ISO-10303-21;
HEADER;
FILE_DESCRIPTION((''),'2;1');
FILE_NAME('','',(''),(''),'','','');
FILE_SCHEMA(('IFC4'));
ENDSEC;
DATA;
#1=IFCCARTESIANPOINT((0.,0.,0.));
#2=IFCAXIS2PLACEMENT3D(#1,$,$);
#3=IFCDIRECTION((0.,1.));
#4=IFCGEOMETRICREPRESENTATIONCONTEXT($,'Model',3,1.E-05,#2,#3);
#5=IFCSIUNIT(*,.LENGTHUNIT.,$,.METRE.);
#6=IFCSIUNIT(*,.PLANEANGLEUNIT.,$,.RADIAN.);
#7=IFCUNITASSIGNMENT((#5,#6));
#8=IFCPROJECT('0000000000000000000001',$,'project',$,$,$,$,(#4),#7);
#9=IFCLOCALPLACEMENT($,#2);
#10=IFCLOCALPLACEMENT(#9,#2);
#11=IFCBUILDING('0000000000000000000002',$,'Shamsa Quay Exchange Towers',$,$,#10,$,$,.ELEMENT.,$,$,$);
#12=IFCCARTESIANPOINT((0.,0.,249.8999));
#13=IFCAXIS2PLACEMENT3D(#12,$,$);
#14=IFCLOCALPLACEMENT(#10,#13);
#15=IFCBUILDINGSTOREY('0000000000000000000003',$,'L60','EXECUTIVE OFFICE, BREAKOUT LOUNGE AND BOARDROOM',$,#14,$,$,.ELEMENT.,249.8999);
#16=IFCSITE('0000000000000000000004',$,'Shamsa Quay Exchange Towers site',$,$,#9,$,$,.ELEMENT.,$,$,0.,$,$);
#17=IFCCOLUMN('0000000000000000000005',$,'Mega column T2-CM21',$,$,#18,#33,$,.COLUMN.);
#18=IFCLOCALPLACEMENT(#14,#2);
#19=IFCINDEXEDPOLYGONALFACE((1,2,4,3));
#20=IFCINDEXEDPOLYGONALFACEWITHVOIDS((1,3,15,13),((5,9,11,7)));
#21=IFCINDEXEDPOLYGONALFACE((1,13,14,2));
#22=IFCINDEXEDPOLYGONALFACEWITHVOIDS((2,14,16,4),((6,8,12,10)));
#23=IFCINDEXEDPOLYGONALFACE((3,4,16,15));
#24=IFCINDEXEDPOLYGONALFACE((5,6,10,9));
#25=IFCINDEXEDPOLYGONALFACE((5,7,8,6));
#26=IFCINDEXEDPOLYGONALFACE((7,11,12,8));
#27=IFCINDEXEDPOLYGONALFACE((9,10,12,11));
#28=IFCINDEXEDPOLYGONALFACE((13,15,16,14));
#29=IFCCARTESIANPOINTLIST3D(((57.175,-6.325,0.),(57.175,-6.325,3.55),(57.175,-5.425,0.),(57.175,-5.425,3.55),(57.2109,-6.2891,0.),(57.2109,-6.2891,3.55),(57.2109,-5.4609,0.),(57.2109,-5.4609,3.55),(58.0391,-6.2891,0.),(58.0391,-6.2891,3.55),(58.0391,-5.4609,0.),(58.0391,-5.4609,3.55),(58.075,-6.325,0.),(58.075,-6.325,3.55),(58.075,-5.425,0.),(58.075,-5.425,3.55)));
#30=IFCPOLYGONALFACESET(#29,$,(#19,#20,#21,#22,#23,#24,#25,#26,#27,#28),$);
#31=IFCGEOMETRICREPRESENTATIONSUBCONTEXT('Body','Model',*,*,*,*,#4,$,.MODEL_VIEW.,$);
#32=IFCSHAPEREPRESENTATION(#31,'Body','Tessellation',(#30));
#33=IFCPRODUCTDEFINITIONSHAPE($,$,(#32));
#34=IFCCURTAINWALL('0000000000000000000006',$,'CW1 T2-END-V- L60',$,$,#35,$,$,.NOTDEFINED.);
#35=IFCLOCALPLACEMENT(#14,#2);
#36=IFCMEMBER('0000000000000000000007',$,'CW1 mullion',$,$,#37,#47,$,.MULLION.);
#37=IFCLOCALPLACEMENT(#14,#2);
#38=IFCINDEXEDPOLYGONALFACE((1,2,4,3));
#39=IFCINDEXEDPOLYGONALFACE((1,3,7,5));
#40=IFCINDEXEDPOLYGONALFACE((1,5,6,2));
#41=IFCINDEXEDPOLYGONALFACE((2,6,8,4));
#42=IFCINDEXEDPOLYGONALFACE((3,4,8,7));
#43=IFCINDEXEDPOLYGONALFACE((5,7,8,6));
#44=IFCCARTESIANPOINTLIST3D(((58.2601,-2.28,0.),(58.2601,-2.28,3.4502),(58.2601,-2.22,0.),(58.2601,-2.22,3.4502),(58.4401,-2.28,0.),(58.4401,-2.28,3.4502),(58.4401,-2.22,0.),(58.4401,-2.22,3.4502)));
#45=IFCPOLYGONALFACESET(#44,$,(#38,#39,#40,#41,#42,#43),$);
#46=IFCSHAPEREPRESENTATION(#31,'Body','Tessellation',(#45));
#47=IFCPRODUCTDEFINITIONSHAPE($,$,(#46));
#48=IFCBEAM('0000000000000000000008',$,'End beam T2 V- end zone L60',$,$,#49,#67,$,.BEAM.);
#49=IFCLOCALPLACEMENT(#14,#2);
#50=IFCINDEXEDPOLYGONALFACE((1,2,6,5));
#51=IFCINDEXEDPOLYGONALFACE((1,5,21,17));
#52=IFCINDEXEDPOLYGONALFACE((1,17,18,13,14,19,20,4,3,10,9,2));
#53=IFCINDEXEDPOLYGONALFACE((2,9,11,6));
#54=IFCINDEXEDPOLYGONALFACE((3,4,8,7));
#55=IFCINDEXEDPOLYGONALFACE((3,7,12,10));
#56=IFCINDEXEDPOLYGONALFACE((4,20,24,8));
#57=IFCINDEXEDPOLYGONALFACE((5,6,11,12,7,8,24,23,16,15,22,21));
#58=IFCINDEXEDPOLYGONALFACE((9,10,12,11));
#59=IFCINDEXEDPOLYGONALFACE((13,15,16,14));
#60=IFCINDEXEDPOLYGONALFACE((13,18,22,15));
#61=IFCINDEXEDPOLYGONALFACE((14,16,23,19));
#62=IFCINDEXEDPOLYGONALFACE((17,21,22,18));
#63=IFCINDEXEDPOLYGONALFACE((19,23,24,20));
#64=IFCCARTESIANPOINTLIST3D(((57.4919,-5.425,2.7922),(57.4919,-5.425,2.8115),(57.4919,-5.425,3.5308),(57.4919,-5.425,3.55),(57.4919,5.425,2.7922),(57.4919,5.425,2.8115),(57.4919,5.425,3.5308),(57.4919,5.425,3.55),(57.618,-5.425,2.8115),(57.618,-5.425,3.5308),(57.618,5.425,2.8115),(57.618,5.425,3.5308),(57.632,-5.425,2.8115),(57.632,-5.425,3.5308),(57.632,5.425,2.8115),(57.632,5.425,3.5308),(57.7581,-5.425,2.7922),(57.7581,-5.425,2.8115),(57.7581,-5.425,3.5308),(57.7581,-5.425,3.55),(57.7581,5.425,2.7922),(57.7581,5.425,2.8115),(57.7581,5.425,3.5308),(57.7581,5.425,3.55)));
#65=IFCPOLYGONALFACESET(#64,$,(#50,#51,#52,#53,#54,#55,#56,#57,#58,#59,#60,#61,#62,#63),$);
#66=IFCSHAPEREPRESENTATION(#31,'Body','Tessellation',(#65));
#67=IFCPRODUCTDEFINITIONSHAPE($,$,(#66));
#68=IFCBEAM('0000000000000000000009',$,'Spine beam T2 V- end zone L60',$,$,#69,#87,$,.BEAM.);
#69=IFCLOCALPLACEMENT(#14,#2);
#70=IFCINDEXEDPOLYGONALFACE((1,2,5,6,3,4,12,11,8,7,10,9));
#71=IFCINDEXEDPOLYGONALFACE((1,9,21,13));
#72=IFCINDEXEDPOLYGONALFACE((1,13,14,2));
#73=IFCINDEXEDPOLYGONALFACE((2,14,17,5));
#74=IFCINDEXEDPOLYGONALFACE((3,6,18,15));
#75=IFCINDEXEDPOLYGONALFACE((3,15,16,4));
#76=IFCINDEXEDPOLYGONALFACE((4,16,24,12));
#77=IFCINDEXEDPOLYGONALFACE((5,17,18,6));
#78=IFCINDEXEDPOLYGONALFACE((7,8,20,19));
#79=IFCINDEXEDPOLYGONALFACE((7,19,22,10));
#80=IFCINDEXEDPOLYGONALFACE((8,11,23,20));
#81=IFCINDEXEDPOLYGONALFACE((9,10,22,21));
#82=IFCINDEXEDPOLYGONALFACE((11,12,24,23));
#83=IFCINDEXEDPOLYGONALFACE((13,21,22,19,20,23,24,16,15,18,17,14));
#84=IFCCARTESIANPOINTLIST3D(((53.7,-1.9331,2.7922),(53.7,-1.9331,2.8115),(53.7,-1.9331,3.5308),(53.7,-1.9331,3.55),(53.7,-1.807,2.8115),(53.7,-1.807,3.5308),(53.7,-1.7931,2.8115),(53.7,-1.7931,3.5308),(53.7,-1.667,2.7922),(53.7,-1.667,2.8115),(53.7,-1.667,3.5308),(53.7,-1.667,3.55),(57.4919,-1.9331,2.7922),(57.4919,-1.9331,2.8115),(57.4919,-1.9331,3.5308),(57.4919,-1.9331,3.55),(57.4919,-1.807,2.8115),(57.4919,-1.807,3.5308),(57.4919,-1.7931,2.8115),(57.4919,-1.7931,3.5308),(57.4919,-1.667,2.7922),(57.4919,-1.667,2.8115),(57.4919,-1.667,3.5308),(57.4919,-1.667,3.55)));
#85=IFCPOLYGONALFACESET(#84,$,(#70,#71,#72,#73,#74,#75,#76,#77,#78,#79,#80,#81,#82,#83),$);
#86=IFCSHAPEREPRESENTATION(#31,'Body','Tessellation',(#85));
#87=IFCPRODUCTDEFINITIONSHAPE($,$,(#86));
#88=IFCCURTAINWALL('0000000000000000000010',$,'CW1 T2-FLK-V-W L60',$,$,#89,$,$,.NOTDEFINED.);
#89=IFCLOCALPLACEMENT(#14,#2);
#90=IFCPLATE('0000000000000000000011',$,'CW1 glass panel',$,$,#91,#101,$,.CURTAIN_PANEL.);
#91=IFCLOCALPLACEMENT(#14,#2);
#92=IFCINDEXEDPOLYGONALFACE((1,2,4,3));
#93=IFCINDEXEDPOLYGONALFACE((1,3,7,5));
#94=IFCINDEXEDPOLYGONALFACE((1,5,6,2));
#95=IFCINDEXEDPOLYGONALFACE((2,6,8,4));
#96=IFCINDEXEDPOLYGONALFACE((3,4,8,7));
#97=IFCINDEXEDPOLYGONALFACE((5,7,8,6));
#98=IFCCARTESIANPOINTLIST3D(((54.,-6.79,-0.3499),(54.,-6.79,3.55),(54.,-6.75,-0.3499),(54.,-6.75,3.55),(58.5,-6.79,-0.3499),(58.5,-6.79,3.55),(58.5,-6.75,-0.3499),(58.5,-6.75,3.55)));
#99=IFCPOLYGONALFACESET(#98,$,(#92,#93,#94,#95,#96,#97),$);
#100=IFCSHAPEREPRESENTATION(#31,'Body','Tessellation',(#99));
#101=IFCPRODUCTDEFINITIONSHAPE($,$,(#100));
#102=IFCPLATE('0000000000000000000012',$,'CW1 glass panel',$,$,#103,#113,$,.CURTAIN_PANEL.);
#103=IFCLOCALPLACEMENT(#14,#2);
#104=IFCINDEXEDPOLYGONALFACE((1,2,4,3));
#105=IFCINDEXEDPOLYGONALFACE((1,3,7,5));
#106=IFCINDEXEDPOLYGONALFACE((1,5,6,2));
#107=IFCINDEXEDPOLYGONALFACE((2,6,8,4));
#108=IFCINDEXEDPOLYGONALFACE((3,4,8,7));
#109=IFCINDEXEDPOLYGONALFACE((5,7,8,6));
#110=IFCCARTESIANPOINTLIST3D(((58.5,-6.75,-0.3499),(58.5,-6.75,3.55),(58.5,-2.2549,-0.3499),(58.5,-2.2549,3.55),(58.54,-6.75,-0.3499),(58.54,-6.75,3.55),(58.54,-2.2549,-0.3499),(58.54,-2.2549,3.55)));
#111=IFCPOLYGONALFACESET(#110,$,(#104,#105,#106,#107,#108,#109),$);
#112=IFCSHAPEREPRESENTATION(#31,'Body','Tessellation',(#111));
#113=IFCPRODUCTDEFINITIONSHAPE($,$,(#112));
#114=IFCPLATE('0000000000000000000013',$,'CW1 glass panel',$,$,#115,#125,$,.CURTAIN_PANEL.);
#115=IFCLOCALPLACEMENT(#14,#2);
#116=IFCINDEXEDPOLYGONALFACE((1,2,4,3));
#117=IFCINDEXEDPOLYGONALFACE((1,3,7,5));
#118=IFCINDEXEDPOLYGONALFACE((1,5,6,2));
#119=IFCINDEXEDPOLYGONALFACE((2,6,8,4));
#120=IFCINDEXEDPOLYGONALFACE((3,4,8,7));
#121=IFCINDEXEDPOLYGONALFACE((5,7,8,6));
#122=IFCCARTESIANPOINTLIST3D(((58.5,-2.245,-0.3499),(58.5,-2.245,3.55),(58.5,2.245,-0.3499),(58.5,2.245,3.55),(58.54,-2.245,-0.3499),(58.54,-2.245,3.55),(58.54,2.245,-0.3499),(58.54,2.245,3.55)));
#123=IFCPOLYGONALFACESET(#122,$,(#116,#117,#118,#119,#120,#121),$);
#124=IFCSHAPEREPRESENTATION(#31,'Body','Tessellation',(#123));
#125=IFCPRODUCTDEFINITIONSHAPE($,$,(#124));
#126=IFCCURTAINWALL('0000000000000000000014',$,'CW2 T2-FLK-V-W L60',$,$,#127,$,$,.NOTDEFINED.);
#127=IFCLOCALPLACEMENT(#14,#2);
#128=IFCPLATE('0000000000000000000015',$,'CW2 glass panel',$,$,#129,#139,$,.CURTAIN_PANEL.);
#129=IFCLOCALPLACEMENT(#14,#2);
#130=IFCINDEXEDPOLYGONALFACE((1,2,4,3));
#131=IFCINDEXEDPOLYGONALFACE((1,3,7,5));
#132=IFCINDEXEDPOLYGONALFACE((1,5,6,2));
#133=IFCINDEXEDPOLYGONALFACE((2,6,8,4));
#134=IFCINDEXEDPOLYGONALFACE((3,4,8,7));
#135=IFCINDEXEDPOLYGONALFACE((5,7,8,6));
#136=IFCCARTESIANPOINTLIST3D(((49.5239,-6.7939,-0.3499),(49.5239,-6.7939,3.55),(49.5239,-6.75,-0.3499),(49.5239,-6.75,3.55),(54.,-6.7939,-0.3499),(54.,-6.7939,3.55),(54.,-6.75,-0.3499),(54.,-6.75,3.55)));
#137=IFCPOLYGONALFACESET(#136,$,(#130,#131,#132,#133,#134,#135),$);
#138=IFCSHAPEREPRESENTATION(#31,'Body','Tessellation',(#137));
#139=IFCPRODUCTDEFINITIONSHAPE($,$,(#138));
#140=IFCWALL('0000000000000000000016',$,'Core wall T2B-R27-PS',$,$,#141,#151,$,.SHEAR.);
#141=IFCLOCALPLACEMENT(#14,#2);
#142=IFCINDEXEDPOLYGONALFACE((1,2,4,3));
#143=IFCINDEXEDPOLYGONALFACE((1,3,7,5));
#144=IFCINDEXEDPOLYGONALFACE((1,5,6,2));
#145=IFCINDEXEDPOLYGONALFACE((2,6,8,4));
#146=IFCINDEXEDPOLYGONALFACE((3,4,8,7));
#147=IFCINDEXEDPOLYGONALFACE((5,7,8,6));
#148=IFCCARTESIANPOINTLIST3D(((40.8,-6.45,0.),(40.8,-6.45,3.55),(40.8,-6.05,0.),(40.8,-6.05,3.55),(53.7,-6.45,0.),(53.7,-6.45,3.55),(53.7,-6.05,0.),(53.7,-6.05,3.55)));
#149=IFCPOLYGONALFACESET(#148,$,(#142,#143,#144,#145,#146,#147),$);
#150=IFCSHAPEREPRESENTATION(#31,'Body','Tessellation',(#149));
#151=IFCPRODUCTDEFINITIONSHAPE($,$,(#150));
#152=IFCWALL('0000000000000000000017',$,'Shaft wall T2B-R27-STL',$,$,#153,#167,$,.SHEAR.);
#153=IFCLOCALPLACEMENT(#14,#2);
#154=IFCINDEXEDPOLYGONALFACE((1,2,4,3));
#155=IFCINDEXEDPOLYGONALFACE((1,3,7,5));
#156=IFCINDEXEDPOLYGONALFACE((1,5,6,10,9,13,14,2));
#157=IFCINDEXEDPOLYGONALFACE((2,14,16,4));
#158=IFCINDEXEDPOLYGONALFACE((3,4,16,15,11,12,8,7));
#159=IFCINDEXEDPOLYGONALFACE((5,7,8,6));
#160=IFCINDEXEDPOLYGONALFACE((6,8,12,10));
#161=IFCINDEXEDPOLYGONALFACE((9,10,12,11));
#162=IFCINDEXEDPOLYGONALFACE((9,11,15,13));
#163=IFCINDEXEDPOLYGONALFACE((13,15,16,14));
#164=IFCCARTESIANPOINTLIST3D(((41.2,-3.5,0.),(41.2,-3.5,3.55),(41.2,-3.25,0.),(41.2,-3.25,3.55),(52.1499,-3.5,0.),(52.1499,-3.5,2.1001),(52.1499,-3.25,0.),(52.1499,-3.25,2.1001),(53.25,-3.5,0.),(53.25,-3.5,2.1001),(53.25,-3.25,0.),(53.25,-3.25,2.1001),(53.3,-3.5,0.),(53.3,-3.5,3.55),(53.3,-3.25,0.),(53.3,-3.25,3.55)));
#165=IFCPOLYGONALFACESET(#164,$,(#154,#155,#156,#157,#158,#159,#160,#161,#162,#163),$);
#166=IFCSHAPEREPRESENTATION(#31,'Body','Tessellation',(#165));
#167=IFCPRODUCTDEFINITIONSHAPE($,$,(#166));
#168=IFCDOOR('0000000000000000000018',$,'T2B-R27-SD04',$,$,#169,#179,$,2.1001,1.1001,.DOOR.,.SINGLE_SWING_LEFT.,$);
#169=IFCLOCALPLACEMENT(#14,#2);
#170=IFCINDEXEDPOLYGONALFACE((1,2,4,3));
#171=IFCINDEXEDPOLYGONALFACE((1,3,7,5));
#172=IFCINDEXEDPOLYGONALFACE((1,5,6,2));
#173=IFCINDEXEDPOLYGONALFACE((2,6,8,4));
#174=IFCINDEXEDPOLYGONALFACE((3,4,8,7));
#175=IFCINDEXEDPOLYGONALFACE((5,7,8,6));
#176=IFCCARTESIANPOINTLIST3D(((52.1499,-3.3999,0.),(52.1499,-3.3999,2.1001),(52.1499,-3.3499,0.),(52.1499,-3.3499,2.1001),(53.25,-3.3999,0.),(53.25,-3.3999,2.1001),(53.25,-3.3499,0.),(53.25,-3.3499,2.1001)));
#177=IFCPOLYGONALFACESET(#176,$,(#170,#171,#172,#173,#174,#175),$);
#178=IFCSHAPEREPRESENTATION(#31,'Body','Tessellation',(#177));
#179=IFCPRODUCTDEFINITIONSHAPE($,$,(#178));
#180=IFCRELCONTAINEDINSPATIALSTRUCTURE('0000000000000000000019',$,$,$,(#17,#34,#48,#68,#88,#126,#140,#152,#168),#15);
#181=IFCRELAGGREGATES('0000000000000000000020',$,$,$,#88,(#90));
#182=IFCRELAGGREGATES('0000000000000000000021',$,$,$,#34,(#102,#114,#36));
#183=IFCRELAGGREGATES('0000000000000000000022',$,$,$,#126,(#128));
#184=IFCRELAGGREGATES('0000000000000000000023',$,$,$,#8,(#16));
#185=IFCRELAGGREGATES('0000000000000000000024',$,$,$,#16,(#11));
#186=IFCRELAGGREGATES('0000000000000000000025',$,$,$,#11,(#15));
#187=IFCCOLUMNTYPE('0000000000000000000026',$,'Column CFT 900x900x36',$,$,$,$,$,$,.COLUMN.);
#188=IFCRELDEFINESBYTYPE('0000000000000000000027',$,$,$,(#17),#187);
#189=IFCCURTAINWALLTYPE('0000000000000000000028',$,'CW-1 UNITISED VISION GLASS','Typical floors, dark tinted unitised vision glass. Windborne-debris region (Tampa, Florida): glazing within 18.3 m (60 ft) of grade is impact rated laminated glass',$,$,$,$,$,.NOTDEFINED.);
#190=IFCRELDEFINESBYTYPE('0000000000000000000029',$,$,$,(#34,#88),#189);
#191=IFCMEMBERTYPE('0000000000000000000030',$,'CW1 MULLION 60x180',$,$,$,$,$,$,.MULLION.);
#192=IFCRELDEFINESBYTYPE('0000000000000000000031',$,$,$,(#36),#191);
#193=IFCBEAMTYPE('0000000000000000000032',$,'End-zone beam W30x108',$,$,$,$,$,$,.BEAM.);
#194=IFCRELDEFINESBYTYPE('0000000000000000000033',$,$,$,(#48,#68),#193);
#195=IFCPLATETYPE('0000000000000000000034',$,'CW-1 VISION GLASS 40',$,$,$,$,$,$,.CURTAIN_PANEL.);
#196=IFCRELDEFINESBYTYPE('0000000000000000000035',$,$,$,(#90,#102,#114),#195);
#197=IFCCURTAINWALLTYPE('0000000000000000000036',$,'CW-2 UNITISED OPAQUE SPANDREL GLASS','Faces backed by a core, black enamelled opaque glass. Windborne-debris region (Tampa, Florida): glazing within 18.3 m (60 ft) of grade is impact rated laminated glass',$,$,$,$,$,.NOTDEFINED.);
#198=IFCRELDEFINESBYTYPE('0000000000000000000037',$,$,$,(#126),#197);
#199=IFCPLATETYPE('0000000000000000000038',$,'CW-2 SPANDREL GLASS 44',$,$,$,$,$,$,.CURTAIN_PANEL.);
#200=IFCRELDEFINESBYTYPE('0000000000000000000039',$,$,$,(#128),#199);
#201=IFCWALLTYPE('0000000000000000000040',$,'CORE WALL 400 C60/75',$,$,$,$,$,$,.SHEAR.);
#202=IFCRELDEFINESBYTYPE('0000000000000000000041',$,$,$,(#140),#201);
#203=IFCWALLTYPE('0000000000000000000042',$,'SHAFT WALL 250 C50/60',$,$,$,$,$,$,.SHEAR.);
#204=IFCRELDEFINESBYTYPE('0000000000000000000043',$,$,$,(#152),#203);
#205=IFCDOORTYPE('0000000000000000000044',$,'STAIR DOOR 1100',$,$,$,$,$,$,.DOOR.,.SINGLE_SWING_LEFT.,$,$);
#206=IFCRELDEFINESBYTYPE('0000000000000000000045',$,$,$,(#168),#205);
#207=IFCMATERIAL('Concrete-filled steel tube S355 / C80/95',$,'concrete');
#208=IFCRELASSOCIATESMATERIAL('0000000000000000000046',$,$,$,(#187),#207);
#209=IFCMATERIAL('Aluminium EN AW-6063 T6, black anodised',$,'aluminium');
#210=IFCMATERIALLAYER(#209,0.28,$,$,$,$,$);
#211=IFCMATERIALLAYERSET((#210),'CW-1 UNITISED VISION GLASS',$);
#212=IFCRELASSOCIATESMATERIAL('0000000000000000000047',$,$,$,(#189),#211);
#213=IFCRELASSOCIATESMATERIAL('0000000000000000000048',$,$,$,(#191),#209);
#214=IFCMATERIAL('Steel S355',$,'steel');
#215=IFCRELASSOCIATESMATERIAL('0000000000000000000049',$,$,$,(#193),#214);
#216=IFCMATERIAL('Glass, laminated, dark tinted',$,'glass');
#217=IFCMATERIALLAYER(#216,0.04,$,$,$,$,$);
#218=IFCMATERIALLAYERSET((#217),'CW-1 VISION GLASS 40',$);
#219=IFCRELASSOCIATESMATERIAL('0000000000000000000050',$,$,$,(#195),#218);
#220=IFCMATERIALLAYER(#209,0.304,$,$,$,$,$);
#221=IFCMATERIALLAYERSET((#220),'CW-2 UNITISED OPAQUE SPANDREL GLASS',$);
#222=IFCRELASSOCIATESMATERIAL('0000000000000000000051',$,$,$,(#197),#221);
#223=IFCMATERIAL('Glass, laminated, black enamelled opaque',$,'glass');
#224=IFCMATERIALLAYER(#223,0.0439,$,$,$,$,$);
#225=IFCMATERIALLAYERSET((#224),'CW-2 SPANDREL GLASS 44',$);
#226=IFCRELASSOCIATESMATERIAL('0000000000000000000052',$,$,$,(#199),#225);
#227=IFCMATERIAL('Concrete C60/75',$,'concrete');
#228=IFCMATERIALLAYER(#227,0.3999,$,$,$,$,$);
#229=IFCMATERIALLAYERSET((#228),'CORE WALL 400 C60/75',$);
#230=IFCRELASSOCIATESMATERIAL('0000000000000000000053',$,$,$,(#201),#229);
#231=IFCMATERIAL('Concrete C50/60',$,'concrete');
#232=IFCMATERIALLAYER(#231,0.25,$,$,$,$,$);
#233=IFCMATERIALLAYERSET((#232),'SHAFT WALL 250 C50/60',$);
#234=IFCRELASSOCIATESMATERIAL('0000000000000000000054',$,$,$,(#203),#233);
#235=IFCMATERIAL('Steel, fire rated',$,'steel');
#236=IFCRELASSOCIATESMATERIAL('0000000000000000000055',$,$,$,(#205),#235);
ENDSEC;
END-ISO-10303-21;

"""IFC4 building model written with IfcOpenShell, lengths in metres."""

from ifc_helpers import new_model, si_unit, direction, frame, frame_2d, origin, origin_2d, place, context, subcontext, project, spatial, rectangle, hollow_rectangle, i_section, extrude, material, layer, layer_set, material_profile, profile_set, type_object, element, fill, aggregate, save


model = new_model("IFC4")

# Units and contexts
model_context = context("Model", 3, precision=1e-05, world=origin(), true_north=direction((0.0, 1.0)))
body_context = subcontext(model_context, "Body", "Model", "MODEL_VIEW")
ifc_project = project(units=[si_unit("LENGTHUNIT", "METRE"), si_unit("PLANEANGLEUNIT", "RADIAN")], contexts=[model_context])

# Site, building, storey
site_placement = place(None, origin())
site = spatial("IfcSite", under=ifc_project, at=site_placement, Name="Shamsa Quay Exchange Towers site", CompositionType="ELEMENT", RefElevation=0.0)
building_placement = place(site_placement, origin())
building = spatial("IfcBuilding", under=site, at=building_placement, Name="Shamsa Quay Exchange Towers", CompositionType="ELEMENT")
storey_placement = place(building_placement, frame((0.0, 0.0, 249.8999)))
storey = spatial("IfcBuildingStorey", under=building, at=storey_placement, Name="L60", Description="EXECUTIVE OFFICE, BREAKOUT LOUNGE AND BOARDROOM", CompositionType="ELEMENT", Elevation=249.8999)

# Column
ifc_material_1 = material(Name="Concrete-filled steel tube S355 / C80/95", Category="concrete")
ifc_material_profile_1 = material_profile(ifc_material_1, hollow_rectangle(XDim=0.8999, YDim=0.8999, WallThickness=0.0359, at=origin_2d()), Name="CFT 900x900x36")
ifc_profile_set_1 = profile_set([ifc_material_profile_1], Name="Concrete-filled steel tube S355 / C80/95")
column_type = type_object("IfcColumnType", Name="Column CFT 900x900x36", PredefinedType="COLUMN", material=ifc_profile_set_1)
column_placement = place(storey_placement, frame((57.625, -5.875, 0.0)))
element("IfcColumn", 1, at=column_placement, inside=storey, type_object=column_type, Name="Mega column T2-CM21", PredefinedType="COLUMN", context=body_context, shape_type="SweptSolid", body=[
    extrude(hollow_rectangle(XDim=0.8999, YDim=0.8999, WallThickness=0.0359, at=origin_2d()), origin(), (0.0, 0.0, 1.0), 3.55),
])

# Curtain wall, member
ifc_material_2 = material(Name="Aluminium EN AW-6063 T6, black anodised", Category="aluminium")
ifc_layer_1 = layer(ifc_material_2, 0.28)
ifc_layer_set_1 = layer_set([ifc_layer_1], Name="CW-1 UNITISED VISION GLASS")
curtain_wall_type_1 = type_object("IfcCurtainWallType", Name="CW-1 UNITISED VISION GLASS", Description="Typical floors, dark tinted unitised vision glass. Windborne-debris region (Tampa, Florida): glazing within 18.3 m (60 ft) of grade is impact rated laminated glass", PredefinedType="NOTDEFINED", material=ifc_layer_set_1)
curtain_wall_1_placement = place(storey_placement, origin())
curtain_wall_1 = element("IfcCurtainWall", 2, at=curtain_wall_1_placement, inside=storey, type_object=curtain_wall_type_1, Name="CW1 T2-END-V- L60", PredefinedType="NOTDEFINED")
ifc_material_profile_2 = material_profile(ifc_material_2, rectangle(XDim=0.1799, YDim=0.0601, at=origin_2d()), Name="MU60x180")
ifc_profile_set_2 = profile_set([ifc_material_profile_2], Name="Aluminium EN AW-6063 T6, black anodised")
member_type = type_object("IfcMemberType", Name="CW1 MULLION 60x180", PredefinedType="MULLION", material=ifc_profile_set_2)
member_placement = place(storey_placement, frame((58.3501, -2.25, 0.0), z_axis=(0.0, 0.0, 1.0), x_axis=(-1.0, 0.0, 0.0)))
member = element("IfcMember", 3, at=member_placement, type_object=member_type, Name="CW1 mullion", PredefinedType="MULLION", context=body_context, shape_type="SweptSolid", body=[
    extrude(rectangle(XDim=0.1799, YDim=0.0601, at=origin_2d()), origin(), (0.0, 0.0, 1.0), 3.4502),
])

# Beams
ifc_material_3 = material(Name="Steel S355", Category="steel")
ifc_material_profile_3 = material_profile(ifc_material_3, i_section(OverallWidth=0.2661, OverallDepth=0.7578, WebThickness=0.0139, FlangeThickness=0.0193, at=origin_2d()), Name="W30x108")
ifc_profile_set_3 = profile_set([ifc_material_profile_3], Name="Steel S355")
beam_type = type_object("IfcBeamType", Name="End-zone beam W30x108", PredefinedType="BEAM", material=ifc_profile_set_3)
beam_1_placement = place(storey_placement, frame((57.625, -5.425, 3.1711), z_axis=(0.0, 1.0, 0.0), x_axis=(-1.0, 0.0, 0.0)))
element("IfcBeam", 4, at=beam_1_placement, inside=storey, type_object=beam_type, Name="End beam T2 V- end zone L60", PredefinedType="BEAM", context=body_context, shape_type="SweptSolid", body=[
    extrude(i_section(OverallWidth=0.2661, OverallDepth=0.7578, WebThickness=0.0139, FlangeThickness=0.0193, at=origin_2d()), origin(), (0.0, 0.0, 1.0), 10.8501),
])
beam_2_placement = place(storey_placement, frame((53.7, -1.8, 3.1711), z_axis=(1.0, 0.0, 0.0), x_axis=(0.0, 1.0, 0.0)))
element("IfcBeam", 5, at=beam_2_placement, inside=storey, type_object=beam_type, Name="Spine beam T2 V- end zone L60", PredefinedType="BEAM", context=body_context, shape_type="SweptSolid", body=[
    extrude(i_section(OverallWidth=0.2661, OverallDepth=0.7578, WebThickness=0.0139, FlangeThickness=0.0193, at=origin_2d()), origin(), (0.0, 0.0, 1.0), 3.792),
])

# Curtain wall, plate
curtain_wall_2_placement = place(storey_placement, origin())
curtain_wall_2 = element("IfcCurtainWall", 6, at=curtain_wall_2_placement, inside=storey, type_object=curtain_wall_type_1, Name="CW1 T2-FLK-V-W L60", PredefinedType="NOTDEFINED")
ifc_material_4 = material(Name="Glass, laminated, dark tinted", Category="glass")
ifc_layer_2 = layer(ifc_material_4, 0.04)
ifc_layer_set_2 = layer_set([ifc_layer_2], Name="CW-1 VISION GLASS 40")
plate_type_1 = type_object("IfcPlateType", Name="CW-1 VISION GLASS 40", PredefinedType="CURTAIN_PANEL", material=ifc_layer_set_2)
plate_1_placement = place(storey_placement, frame((56.25, -6.77, -0.3499)))
plate_1 = element("IfcPlate", 7, at=plate_1_placement, type_object=plate_type_1, Name="CW1 glass panel", PredefinedType="CURTAIN_PANEL", context=body_context, shape_type="SweptSolid", body=[
    extrude(rectangle(XDim=4.5, YDim=0.04, at=origin_2d()), origin(), (0.0, 0.0, 1.0), 3.8999),
])
aggregate(curtain_wall_2, [plate_1])

# Plates
plate_2_placement = place(storey_placement, frame((58.52, -4.5024, -0.3499), z_axis=(0.0, 0.0, 1.0), x_axis=(0.0, 1.0, 0.0)))
plate_2 = element("IfcPlate", 8, at=plate_2_placement, type_object=plate_type_1, Name="CW1 glass panel", PredefinedType="CURTAIN_PANEL", context=body_context, shape_type="SweptSolid", body=[
    extrude(rectangle(XDim=4.4951, YDim=0.04, at=origin_2d()), origin(), (0.0, 0.0, 1.0), 3.8999),
])
plate_3_placement = place(storey_placement, frame((58.52, 0.0, -0.3499), z_axis=(0.0, 0.0, 1.0), x_axis=(0.0, 1.0, 0.0)))
plate_3 = element("IfcPlate", 9, at=plate_3_placement, type_object=plate_type_1, Name="CW1 glass panel", PredefinedType="CURTAIN_PANEL", context=body_context, shape_type="SweptSolid", body=[
    extrude(rectangle(XDim=4.49, YDim=0.04, at=origin_2d()), origin(), (0.0, 0.0, 1.0), 3.8999),
])
aggregate(curtain_wall_1, [plate_2, plate_3, member])

# Curtain wall, plate
ifc_layer_3 = layer(ifc_material_2, 0.304)
ifc_layer_set_3 = layer_set([ifc_layer_3], Name="CW-2 UNITISED OPAQUE SPANDREL GLASS")
curtain_wall_type_2 = type_object("IfcCurtainWallType", Name="CW-2 UNITISED OPAQUE SPANDREL GLASS", Description="Faces backed by a core, black enamelled opaque glass. Windborne-debris region (Tampa, Florida): glazing within 18.3 m (60 ft) of grade is impact rated laminated glass", PredefinedType="NOTDEFINED", material=ifc_layer_set_3)
curtain_wall_3_placement = place(storey_placement, origin())
curtain_wall_3 = element("IfcCurtainWall", 10, at=curtain_wall_3_placement, inside=storey, type_object=curtain_wall_type_2, Name="CW2 T2-FLK-V-W L60", PredefinedType="NOTDEFINED")
ifc_material_5 = material(Name="Glass, laminated, black enamelled opaque", Category="glass")
ifc_layer_4 = layer(ifc_material_5, 0.0439)
ifc_layer_set_4 = layer_set([ifc_layer_4], Name="CW-2 SPANDREL GLASS 44")
plate_type_2 = type_object("IfcPlateType", Name="CW-2 SPANDREL GLASS 44", PredefinedType="CURTAIN_PANEL", material=ifc_layer_set_4)
plate_4_placement = place(storey_placement, frame((51.762, -6.772, -0.3499)))
plate_4 = element("IfcPlate", 11, at=plate_4_placement, type_object=plate_type_2, Name="CW2 glass panel", PredefinedType="CURTAIN_PANEL", context=body_context, shape_type="SweptSolid", body=[
    extrude(rectangle(XDim=4.4761, YDim=0.0439, at=origin_2d()), origin(), (0.0, 0.0, 1.0), 3.8999),
])
aggregate(curtain_wall_3, [plate_4])

# Wall
ifc_material_6 = material(Name="Concrete C60/75", Category="concrete")
ifc_layer_5 = layer(ifc_material_6, 0.3999)
ifc_layer_set_5 = layer_set([ifc_layer_5], Name="CORE WALL 400 C60/75")
wall_type_1 = type_object("IfcWallType", Name="CORE WALL 400 C60/75", PredefinedType="SHEAR", material=ifc_layer_set_5)
wall_1_placement = place(storey_placement, frame((53.7, -6.25, 0.0), z_axis=(0.0, 0.0, 1.0), x_axis=(-1.0, 0.0, 0.0)))
element("IfcWall", 12, at=wall_1_placement, inside=storey, type_object=wall_type_1, Name="Core wall T2B-R27-PS", PredefinedType="SHEAR", context=body_context, shape_type="SweptSolid", body=[
    extrude(rectangle(XDim=12.8999, YDim=0.3999, at=frame_2d((6.45, 0.0))), origin(), (0.0, 0.0, 1.0), 3.55),
])

# Wall, opening, door
ifc_material_7 = material(Name="Steel, fire rated", Category="steel")
ifc_material_8 = material(Name="Concrete C50/60", Category="concrete")
ifc_layer_6 = layer(ifc_material_8, 0.25)
ifc_layer_set_6 = layer_set([ifc_layer_6], Name="SHAFT WALL 250 C50/60")
wall_type_2 = type_object("IfcWallType", Name="SHAFT WALL 250 C50/60", PredefinedType="SHEAR", material=ifc_layer_set_6)
wall_2_placement = place(storey_placement, frame((53.3, -3.375, 0.0), z_axis=(0.0, 0.0, 1.0), x_axis=(-1.0, 0.0, 0.0)))
wall_2 = element("IfcWall", 13, at=wall_2_placement, inside=storey, type_object=wall_type_2, Name="Shaft wall T2B-R27-STL", PredefinedType="SHEAR", context=body_context, shape_type="SweptSolid", body=[
    extrude(rectangle(XDim=12.1001, YDim=0.25, at=frame_2d((6.05, 0.0))), origin(), (0.0, 0.0, 1.0), 3.55),
])
opening_1_placement = place(wall_2_placement, frame((0.05, 0.0, 0.0)))
opening_1 = element("IfcOpeningElement", 14, at=opening_1_placement, cuts=wall_2, PredefinedType="OPENING", context=body_context, shape_type="SweptSolid", body=[
    extrude(rectangle(XDim=1.1001, YDim=2.1001, at=frame_2d((0.55, 1.05))), frame((0.0, 0.135, 0.0), z_axis=(0.0, -1.0, 0.0), x_axis=(1.0, 0.0, 0.0)), (0.0, 0.0, 1.0), 0.27),
])
door_type_1 = type_object("IfcDoorType", Name="STAIR DOOR 1100", OperationType="SINGLE_SWING_LEFT", PredefinedType="DOOR", material=ifc_material_7)
door_1_placement = place(opening_1_placement, origin())
door_1 = element("IfcDoor", 15, at=door_1_placement, inside=storey, type_object=door_type_1, Name="T2B-R27-SD04", OperationType="SINGLE_SWING_LEFT", OverallHeight=2.1001, OverallWidth=1.1001, PredefinedType="DOOR", context=body_context, shape_type="SweptSolid", body=[
    extrude(rectangle(XDim=1.1001, YDim=2.1001, at=frame_2d((0.55, 1.05))), frame((0.0, 0.0249, 0.0), z_axis=(0.0, -1.0, 0.0), x_axis=(1.0, 0.0, 0.0)), (0.0, 0.0, 1.0), 0.05),
])
fill(opening_1, door_1)

save(model, "model.ifc")
